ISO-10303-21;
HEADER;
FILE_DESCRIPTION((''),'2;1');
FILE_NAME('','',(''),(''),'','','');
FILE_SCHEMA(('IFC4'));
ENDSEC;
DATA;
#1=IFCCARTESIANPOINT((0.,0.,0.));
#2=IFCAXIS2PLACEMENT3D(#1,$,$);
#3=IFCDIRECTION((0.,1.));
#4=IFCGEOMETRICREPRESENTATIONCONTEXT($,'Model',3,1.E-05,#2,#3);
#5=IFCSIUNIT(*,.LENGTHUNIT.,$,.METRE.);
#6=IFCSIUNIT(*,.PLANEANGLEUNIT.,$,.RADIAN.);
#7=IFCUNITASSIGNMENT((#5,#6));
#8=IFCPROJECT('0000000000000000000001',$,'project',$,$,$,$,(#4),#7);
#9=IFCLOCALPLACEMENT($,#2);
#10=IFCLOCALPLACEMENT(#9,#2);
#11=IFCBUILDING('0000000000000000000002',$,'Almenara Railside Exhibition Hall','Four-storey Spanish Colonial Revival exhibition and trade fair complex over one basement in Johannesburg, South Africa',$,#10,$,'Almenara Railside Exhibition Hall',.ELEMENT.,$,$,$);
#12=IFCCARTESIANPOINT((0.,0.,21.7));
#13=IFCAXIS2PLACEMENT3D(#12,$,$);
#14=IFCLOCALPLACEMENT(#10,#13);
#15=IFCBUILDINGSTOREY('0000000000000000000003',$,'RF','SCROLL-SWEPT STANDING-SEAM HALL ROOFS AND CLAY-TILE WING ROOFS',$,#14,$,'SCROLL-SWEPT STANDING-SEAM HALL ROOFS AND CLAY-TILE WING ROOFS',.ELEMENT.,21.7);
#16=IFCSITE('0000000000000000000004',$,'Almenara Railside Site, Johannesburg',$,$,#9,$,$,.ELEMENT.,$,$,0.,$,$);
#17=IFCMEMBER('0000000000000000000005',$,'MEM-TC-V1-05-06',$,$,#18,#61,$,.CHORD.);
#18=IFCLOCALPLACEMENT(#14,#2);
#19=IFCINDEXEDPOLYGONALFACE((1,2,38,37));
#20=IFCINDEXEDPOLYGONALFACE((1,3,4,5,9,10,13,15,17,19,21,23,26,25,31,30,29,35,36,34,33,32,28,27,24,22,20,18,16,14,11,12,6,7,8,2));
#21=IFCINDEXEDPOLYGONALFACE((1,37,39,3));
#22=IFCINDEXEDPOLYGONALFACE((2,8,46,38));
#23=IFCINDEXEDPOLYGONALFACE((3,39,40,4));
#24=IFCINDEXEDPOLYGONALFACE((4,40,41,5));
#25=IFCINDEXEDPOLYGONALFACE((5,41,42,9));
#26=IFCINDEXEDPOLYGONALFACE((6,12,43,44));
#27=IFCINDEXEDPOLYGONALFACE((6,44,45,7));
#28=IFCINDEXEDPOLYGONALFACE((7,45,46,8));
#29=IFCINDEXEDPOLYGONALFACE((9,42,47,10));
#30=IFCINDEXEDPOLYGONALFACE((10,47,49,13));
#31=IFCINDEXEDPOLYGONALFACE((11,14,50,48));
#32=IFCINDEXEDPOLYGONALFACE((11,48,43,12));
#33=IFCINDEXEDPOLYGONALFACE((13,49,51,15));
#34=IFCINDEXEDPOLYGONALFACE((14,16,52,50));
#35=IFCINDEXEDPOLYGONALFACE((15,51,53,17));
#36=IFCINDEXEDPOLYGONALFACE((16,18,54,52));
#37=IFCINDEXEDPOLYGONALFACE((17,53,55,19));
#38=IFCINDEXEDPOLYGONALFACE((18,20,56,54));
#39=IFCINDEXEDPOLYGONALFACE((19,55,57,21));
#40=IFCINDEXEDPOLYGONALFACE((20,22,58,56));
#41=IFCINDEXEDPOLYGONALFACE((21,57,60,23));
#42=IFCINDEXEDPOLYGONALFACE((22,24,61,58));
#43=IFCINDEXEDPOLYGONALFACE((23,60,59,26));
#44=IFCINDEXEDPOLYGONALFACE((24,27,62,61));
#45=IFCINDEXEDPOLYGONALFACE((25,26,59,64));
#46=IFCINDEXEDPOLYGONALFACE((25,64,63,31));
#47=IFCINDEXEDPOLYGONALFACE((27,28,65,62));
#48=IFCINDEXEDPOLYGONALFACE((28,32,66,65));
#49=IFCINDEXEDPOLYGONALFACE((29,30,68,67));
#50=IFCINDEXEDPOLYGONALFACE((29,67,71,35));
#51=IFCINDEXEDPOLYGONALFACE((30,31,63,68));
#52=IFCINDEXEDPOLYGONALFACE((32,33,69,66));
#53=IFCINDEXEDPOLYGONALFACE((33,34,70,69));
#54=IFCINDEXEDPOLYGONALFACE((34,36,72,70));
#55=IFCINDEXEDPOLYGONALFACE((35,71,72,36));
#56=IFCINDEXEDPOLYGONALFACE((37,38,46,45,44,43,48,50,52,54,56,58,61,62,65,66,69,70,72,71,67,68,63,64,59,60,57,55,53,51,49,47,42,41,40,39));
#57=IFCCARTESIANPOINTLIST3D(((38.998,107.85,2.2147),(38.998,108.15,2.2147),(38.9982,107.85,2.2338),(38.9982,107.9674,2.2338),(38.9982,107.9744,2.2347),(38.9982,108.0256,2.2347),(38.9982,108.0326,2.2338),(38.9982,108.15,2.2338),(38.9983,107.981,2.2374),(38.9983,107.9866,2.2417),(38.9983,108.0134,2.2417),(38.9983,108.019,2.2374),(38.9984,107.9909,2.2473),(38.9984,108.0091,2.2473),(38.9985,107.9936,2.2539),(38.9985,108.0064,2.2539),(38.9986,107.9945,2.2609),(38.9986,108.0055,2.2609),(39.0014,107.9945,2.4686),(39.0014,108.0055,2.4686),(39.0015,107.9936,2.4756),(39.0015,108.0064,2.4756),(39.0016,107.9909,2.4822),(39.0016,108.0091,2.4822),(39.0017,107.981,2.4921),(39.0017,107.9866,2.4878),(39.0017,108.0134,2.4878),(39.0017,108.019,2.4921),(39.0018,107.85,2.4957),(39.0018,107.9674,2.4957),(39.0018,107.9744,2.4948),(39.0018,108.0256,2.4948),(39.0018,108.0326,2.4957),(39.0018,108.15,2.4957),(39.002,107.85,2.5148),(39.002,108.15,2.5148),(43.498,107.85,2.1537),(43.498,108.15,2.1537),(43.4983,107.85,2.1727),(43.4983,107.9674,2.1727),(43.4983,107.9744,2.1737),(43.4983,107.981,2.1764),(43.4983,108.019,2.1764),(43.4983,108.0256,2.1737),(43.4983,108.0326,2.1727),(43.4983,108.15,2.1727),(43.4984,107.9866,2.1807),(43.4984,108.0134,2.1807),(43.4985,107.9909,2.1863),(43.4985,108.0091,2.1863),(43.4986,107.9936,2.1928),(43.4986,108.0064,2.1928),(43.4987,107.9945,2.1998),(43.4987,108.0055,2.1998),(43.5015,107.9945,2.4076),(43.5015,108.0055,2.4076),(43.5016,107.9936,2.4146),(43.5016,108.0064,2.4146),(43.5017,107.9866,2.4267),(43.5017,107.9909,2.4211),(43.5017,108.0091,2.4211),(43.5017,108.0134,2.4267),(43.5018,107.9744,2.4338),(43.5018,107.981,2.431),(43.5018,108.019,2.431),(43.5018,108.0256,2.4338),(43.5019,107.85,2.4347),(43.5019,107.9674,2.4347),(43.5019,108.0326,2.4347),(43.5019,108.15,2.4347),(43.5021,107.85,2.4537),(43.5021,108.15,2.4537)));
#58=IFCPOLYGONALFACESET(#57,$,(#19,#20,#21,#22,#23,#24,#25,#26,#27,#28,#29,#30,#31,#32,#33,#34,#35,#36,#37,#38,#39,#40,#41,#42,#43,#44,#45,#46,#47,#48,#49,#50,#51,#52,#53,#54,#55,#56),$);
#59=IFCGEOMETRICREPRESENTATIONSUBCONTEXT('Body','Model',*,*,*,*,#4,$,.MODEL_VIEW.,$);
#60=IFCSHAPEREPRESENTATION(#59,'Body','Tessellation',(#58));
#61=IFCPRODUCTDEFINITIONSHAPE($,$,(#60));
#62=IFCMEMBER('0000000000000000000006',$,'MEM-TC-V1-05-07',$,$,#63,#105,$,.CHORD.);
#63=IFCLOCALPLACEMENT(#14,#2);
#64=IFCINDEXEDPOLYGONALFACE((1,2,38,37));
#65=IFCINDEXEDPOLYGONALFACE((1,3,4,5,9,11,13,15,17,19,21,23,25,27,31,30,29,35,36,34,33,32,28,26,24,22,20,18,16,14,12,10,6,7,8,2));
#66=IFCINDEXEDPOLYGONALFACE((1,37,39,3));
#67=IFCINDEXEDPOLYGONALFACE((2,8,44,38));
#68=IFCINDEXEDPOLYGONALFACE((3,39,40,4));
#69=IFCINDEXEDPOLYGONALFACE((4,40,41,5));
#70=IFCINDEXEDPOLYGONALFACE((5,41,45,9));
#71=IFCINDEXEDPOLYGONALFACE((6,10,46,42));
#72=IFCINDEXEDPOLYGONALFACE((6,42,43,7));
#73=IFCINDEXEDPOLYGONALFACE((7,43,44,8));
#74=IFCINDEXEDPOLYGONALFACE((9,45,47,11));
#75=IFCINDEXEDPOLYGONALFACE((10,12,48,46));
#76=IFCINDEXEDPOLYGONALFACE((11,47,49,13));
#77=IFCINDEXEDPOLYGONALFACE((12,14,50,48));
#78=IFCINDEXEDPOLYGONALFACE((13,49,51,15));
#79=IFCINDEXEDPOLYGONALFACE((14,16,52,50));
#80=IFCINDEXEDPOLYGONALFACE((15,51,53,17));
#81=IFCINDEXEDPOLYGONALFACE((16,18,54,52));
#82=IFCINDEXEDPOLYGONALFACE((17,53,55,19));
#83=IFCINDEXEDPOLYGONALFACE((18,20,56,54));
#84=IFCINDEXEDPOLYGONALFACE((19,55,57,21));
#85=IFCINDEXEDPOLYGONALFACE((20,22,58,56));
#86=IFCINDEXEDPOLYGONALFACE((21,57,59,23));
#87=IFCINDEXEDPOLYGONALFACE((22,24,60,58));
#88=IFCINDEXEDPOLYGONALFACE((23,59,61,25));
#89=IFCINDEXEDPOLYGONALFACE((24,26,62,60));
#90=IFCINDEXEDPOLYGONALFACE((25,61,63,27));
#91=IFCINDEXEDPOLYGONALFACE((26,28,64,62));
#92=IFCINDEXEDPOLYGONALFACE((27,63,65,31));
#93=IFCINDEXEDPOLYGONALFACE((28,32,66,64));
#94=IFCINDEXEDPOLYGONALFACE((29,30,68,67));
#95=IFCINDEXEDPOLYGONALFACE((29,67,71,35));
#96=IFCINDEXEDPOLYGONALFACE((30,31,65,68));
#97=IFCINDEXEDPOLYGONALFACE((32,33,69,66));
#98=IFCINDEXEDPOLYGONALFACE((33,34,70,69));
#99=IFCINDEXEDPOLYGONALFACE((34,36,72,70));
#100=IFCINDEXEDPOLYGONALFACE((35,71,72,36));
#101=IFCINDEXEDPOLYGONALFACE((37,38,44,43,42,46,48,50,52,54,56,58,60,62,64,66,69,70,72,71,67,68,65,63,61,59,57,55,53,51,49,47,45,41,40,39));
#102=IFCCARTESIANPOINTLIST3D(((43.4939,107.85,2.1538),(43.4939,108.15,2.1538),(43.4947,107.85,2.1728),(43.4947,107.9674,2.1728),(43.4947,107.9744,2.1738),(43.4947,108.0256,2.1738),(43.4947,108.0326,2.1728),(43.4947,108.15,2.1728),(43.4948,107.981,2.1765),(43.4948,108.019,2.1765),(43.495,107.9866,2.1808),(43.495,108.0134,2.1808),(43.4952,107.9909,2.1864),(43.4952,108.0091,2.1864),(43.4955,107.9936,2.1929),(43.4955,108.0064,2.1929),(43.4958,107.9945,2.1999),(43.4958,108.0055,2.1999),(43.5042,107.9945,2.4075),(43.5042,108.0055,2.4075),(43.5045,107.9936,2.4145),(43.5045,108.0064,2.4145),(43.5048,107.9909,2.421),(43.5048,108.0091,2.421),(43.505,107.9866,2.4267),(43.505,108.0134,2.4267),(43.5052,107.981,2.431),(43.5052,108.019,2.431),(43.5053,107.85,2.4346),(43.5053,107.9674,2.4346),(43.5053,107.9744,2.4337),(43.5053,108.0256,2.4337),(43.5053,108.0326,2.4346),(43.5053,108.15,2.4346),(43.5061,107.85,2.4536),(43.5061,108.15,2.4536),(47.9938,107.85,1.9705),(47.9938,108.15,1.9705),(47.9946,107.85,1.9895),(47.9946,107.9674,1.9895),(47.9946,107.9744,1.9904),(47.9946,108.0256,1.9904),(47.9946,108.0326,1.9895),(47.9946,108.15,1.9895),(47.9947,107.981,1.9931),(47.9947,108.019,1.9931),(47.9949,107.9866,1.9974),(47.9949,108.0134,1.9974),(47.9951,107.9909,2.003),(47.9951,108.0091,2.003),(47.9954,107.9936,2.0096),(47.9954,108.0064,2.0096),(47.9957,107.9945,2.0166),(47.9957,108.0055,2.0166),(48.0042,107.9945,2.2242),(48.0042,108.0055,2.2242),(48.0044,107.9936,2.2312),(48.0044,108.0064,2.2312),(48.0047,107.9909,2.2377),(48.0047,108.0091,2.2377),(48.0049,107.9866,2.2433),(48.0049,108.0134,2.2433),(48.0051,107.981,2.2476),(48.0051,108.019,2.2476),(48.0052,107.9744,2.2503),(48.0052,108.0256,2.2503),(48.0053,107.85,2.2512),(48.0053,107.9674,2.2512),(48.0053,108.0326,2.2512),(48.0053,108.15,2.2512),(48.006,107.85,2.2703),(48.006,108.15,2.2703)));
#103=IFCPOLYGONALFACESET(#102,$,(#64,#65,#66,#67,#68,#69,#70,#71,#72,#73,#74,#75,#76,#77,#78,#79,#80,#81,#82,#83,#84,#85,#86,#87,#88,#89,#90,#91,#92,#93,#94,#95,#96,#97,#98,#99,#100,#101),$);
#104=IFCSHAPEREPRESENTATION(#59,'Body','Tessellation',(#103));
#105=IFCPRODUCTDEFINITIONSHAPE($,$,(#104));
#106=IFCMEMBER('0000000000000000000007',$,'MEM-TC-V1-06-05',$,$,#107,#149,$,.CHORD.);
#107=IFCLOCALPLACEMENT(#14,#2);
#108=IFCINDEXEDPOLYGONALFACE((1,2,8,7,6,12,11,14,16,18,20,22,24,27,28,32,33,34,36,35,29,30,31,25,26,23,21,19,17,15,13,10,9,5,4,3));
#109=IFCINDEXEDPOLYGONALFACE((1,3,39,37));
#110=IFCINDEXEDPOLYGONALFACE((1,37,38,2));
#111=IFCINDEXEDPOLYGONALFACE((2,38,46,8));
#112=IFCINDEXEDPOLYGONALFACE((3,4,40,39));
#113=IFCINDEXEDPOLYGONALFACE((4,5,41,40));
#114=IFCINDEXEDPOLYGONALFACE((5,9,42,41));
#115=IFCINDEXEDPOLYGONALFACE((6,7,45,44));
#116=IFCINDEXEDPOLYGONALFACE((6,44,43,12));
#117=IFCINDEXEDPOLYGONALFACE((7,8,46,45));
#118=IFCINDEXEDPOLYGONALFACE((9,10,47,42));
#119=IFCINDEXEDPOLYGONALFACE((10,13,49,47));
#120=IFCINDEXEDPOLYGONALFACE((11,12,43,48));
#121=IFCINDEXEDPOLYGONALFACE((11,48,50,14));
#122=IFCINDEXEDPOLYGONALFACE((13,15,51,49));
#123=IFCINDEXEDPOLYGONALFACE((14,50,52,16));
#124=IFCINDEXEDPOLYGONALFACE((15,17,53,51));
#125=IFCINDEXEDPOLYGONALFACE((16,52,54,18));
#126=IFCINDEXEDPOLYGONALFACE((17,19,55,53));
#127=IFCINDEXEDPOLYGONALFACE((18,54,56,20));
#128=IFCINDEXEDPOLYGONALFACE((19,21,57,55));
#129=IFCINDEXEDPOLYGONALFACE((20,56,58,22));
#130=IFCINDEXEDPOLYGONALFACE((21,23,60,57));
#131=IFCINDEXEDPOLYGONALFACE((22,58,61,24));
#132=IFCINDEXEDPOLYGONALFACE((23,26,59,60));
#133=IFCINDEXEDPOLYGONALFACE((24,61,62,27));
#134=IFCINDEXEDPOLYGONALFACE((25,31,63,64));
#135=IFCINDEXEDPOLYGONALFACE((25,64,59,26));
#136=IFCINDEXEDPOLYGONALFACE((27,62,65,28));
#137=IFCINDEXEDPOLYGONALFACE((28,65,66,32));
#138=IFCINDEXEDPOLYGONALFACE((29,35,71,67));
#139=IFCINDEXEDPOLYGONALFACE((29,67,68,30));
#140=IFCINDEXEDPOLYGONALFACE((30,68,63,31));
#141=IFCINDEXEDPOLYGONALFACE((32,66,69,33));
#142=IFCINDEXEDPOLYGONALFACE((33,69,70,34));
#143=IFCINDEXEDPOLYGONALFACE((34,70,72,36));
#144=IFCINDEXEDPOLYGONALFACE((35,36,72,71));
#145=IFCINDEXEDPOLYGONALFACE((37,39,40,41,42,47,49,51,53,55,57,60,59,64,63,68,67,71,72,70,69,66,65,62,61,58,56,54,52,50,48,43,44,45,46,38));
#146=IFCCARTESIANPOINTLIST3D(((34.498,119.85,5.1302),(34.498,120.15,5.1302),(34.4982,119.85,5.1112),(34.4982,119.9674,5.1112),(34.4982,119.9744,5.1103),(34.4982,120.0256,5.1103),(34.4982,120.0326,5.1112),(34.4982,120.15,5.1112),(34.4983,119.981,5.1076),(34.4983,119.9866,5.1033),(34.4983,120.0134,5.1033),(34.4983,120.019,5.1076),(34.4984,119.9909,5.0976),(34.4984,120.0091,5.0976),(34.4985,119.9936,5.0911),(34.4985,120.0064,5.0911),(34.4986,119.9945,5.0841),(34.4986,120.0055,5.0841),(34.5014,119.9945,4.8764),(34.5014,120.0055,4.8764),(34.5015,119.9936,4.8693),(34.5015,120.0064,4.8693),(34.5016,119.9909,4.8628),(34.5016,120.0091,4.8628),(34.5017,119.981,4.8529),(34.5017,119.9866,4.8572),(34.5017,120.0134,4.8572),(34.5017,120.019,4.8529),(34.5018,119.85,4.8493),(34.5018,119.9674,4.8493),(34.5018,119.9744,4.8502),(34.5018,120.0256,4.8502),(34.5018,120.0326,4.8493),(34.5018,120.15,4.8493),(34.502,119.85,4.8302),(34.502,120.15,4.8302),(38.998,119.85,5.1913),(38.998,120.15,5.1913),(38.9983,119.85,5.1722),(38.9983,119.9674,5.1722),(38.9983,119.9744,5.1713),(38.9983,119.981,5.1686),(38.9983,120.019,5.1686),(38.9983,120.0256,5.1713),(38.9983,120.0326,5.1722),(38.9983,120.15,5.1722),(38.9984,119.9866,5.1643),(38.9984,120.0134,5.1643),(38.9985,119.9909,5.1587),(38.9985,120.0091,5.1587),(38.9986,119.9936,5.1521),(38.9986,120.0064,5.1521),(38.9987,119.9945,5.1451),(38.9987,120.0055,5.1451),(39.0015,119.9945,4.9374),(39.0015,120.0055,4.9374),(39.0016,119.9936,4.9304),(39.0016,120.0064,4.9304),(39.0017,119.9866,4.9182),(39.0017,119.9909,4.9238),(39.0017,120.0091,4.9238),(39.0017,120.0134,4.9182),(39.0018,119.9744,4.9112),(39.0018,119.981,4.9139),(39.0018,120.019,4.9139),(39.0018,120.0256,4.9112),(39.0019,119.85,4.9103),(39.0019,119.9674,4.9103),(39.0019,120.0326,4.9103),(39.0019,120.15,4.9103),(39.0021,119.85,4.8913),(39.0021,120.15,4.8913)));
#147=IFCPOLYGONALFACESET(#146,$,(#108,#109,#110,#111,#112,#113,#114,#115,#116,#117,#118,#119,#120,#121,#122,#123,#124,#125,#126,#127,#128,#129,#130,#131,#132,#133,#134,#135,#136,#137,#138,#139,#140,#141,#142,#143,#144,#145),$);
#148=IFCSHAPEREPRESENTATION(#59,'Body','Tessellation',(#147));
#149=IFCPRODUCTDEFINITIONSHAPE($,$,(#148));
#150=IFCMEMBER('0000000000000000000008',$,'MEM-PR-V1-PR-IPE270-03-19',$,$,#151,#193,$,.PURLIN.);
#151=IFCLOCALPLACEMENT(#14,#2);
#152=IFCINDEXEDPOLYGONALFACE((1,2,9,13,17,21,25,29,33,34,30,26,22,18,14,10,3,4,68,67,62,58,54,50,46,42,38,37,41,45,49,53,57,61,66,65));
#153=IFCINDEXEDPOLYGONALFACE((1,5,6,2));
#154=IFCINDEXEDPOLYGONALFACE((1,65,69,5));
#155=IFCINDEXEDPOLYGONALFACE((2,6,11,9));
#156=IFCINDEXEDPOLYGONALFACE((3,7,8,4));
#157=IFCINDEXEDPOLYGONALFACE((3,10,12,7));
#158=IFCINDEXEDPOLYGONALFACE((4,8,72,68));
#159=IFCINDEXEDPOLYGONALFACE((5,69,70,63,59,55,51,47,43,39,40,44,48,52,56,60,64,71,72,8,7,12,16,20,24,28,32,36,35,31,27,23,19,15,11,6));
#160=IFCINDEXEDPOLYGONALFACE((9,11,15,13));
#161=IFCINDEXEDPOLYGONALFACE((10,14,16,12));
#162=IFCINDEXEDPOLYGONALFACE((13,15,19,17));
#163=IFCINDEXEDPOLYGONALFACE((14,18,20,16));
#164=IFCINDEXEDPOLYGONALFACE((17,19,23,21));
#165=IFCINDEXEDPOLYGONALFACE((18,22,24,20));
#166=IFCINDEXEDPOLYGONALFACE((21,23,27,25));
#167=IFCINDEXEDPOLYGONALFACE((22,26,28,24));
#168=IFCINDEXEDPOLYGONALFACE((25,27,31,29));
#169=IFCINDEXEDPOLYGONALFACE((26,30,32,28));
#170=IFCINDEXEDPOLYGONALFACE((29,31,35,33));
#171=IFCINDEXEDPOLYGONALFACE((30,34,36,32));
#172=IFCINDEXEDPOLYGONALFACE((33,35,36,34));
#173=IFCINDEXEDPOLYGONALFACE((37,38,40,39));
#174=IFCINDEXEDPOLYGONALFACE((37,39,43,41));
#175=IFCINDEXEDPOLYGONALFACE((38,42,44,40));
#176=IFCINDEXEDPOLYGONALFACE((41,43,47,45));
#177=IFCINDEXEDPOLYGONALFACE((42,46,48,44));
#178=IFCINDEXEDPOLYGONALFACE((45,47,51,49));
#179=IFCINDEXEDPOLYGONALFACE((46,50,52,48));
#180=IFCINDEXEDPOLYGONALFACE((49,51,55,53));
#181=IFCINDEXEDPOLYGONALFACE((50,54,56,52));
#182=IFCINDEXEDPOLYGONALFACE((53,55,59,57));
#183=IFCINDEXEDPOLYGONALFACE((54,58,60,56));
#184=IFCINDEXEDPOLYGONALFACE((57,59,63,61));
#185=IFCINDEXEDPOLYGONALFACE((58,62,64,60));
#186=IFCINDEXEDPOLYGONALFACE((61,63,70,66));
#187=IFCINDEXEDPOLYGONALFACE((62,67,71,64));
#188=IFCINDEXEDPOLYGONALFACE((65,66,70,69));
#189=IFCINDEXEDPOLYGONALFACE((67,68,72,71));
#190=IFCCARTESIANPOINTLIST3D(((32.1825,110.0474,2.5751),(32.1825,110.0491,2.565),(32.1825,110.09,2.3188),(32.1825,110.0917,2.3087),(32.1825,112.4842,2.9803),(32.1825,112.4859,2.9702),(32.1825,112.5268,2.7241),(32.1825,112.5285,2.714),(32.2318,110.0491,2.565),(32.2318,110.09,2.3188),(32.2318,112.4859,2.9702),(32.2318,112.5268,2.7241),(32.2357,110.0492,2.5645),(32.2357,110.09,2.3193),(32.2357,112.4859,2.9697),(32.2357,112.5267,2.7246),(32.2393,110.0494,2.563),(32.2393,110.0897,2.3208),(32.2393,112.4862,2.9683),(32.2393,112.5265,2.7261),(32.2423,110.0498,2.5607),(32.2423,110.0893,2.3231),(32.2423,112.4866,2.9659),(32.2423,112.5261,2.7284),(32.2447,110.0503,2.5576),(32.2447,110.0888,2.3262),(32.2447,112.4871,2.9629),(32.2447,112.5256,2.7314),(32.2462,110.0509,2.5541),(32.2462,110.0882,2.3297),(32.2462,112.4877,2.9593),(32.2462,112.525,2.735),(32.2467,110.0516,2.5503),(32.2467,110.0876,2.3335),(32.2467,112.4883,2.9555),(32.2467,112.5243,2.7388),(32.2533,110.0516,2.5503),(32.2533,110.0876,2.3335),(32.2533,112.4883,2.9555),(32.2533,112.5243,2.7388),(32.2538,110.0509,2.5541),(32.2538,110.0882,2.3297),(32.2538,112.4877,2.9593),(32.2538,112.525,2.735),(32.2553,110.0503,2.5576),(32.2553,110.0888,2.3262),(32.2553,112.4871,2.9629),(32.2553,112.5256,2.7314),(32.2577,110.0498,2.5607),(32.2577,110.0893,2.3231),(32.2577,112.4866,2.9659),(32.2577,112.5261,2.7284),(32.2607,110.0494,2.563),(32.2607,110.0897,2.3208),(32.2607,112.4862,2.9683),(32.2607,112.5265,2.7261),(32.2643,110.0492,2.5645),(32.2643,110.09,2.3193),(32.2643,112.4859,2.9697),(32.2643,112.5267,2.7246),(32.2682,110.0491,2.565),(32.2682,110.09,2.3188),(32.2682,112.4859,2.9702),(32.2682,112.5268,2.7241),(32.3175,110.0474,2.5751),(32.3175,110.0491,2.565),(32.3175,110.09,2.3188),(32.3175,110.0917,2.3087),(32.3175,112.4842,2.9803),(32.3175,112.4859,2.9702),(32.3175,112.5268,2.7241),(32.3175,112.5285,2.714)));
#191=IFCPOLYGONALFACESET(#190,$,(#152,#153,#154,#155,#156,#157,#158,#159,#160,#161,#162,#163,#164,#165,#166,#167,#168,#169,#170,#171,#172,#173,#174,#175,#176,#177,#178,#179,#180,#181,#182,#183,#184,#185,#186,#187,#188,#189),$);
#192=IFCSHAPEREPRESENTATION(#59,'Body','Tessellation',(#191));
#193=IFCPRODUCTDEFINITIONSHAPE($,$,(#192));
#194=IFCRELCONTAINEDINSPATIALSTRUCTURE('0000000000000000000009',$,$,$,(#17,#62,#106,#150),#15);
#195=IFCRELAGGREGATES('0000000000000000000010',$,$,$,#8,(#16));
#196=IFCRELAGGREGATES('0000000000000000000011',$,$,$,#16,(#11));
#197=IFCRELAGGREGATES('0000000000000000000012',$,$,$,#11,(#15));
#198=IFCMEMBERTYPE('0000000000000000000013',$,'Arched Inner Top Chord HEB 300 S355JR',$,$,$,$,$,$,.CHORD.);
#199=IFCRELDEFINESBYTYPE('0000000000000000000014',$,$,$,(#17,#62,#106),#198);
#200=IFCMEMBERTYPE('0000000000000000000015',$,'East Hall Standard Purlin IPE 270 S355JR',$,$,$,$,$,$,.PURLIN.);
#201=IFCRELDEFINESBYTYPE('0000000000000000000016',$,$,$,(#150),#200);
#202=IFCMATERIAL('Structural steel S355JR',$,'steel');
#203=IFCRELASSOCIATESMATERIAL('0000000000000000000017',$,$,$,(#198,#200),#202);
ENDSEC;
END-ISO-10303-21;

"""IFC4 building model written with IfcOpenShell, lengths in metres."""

from ifc_helpers import new_model, si_unit, direction, frame, origin, origin_2d, place, context, subcontext, project, spatial, i_section, extrude, material, material_profile, profile_set, type_object, element, save


model = new_model("IFC4")

# Units and contexts
model_context = context("Model", 3, precision=1e-05, world=origin(), true_north=direction((0.0, 1.0)))
body_context = subcontext(model_context, "Body", "Model", "MODEL_VIEW")
ifc_project = project(units=[si_unit("LENGTHUNIT", "METRE"), si_unit("PLANEANGLEUNIT", "RADIAN")], contexts=[model_context])

# Site, building, storey
site_placement = place(None, origin())
site = spatial("IfcSite", under=ifc_project, at=site_placement, Name="Almenara Railside Site, Johannesburg", CompositionType="ELEMENT", RefElevation=0.0)
building_placement = place(site_placement, origin())
building = spatial("IfcBuilding", under=site, at=building_placement, Name="Almenara Railside Exhibition Hall", Description="Four-storey Spanish Colonial Revival exhibition and trade fair complex over one basement in Johannesburg, South Africa", LongName="Almenara Railside Exhibition Hall", CompositionType="ELEMENT")
storey_placement = place(building_placement, frame((0.0, 0.0, 21.7)))
storey = spatial("IfcBuildingStorey", under=building, at=storey_placement, Name="RF", Description="SCROLL-SWEPT STANDING-SEAM HALL ROOFS AND CLAY-TILE WING ROOFS", LongName="SCROLL-SWEPT STANDING-SEAM HALL ROOFS AND CLAY-TILE WING ROOFS", CompositionType="ELEMENT", Elevation=21.7)

# Members
ifc_material_1 = material(Name="Structural steel S355JR", Category="steel")
ifc_material_profile_1 = material_profile(ifc_material_1, i_section(OverallWidth=0.3, OverallDepth=0.3, WebThickness=0.011, FlangeThickness=0.019, FilletRadius=0.0271, at=origin_2d()), Name="HEB 300")
ifc_profile_set_1 = profile_set([ifc_material_profile_1], Name="Structural steel S355JR")
member_type_1 = type_object("IfcMemberType", Name="Arched Inner Top Chord HEB 300 S355JR", PredefinedType="CHORD", material=ifc_profile_set_1)
for number, where, z_axis, x_axis, name in (
    (1, (39.0, 108.0, 2.3647), (0.999908, 0.0, -0.013562), (0.0, 1.0, 0.0), "MEM-TC-V1-05-06"),
):
    element("IfcMember", number, at=place(storey_placement, frame(where, z_axis=z_axis, x_axis=x_axis)), inside=storey, type_object=member_type_1, Name=name, PredefinedType="CHORD", context=body_context, shape_type="SweptSolid", body=[
        extrude(i_section(OverallWidth=0.3, OverallDepth=0.3, WebThickness=0.011, FlangeThickness=0.019, FilletRadius=0.0271, at=origin_2d()), origin(), (0.0, 0.0, 1.0), 4.5005),
    ])
member_1_placement = place(storey_placement, frame((43.5, 108.0, 2.3037), z_axis=(0.999171, 0.0, -0.040711), x_axis=(0.0, 1.0, 0.0)))
element("IfcMember", 2, at=member_1_placement, inside=storey, type_object=member_type_1, Name="MEM-TC-V1-05-07", PredefinedType="CHORD", context=body_context, shape_type="SweptSolid", body=[
    extrude(i_section(OverallWidth=0.3, OverallDepth=0.3, WebThickness=0.011, FlangeThickness=0.019, FilletRadius=0.0271, at=origin_2d()), origin(), (0.0, 0.0, 1.0), 4.5037),
])
member_2_placement = place(storey_placement, frame((34.5, 120.0, 4.9802), z_axis=(0.999908, 0.0, 0.013562), x_axis=(0.0, 1.0, 0.0)))
element("IfcMember", 3, at=member_2_placement, inside=storey, type_object=member_type_1, Name="MEM-TC-V1-06-05", PredefinedType="CHORD", context=body_context, shape_type="SweptSolid", body=[
    extrude(i_section(OverallWidth=0.3, OverallDepth=0.3, WebThickness=0.011, FlangeThickness=0.019, FilletRadius=0.0271, at=origin_2d()), origin(), (0.0, 0.0, 1.0), 4.5005),
])
ifc_material_profile_2 = material_profile(ifc_material_1, i_section(OverallWidth=0.135, OverallDepth=0.27, WebThickness=0.0066, FlangeThickness=0.0103, FilletRadius=0.0149, at=origin_2d()), Name="IPE 270")
ifc_profile_set_2 = profile_set([ifc_material_profile_2], Name="Structural steel S355JR")
member_type_2 = type_object("IfcMemberType", Name="East Hall Standard Purlin IPE 270 S355JR", PredefinedType="PURLIN", material=ifc_profile_set_2)
member_3_placement = place(storey_placement, frame((32.25, 110.0696, 2.4419), z_axis=(0.0, 0.98645, 0.164062), x_axis=(-1.0, 0.0, 0.0)))
element("IfcMember", 4, at=member_3_placement, inside=storey, type_object=member_type_2, Name="MEM-PR-V1-PR-IPE270-03-19", PredefinedType="PURLIN", context=body_context, shape_type="SweptSolid", body=[
    extrude(i_section(OverallWidth=0.135, OverallDepth=0.27, WebThickness=0.0066, FlangeThickness=0.0103, FilletRadius=0.0149, at=origin_2d()), origin(), (0.0, 0.0, 1.0), 2.4702),
])

save(model, "model.ifc")
